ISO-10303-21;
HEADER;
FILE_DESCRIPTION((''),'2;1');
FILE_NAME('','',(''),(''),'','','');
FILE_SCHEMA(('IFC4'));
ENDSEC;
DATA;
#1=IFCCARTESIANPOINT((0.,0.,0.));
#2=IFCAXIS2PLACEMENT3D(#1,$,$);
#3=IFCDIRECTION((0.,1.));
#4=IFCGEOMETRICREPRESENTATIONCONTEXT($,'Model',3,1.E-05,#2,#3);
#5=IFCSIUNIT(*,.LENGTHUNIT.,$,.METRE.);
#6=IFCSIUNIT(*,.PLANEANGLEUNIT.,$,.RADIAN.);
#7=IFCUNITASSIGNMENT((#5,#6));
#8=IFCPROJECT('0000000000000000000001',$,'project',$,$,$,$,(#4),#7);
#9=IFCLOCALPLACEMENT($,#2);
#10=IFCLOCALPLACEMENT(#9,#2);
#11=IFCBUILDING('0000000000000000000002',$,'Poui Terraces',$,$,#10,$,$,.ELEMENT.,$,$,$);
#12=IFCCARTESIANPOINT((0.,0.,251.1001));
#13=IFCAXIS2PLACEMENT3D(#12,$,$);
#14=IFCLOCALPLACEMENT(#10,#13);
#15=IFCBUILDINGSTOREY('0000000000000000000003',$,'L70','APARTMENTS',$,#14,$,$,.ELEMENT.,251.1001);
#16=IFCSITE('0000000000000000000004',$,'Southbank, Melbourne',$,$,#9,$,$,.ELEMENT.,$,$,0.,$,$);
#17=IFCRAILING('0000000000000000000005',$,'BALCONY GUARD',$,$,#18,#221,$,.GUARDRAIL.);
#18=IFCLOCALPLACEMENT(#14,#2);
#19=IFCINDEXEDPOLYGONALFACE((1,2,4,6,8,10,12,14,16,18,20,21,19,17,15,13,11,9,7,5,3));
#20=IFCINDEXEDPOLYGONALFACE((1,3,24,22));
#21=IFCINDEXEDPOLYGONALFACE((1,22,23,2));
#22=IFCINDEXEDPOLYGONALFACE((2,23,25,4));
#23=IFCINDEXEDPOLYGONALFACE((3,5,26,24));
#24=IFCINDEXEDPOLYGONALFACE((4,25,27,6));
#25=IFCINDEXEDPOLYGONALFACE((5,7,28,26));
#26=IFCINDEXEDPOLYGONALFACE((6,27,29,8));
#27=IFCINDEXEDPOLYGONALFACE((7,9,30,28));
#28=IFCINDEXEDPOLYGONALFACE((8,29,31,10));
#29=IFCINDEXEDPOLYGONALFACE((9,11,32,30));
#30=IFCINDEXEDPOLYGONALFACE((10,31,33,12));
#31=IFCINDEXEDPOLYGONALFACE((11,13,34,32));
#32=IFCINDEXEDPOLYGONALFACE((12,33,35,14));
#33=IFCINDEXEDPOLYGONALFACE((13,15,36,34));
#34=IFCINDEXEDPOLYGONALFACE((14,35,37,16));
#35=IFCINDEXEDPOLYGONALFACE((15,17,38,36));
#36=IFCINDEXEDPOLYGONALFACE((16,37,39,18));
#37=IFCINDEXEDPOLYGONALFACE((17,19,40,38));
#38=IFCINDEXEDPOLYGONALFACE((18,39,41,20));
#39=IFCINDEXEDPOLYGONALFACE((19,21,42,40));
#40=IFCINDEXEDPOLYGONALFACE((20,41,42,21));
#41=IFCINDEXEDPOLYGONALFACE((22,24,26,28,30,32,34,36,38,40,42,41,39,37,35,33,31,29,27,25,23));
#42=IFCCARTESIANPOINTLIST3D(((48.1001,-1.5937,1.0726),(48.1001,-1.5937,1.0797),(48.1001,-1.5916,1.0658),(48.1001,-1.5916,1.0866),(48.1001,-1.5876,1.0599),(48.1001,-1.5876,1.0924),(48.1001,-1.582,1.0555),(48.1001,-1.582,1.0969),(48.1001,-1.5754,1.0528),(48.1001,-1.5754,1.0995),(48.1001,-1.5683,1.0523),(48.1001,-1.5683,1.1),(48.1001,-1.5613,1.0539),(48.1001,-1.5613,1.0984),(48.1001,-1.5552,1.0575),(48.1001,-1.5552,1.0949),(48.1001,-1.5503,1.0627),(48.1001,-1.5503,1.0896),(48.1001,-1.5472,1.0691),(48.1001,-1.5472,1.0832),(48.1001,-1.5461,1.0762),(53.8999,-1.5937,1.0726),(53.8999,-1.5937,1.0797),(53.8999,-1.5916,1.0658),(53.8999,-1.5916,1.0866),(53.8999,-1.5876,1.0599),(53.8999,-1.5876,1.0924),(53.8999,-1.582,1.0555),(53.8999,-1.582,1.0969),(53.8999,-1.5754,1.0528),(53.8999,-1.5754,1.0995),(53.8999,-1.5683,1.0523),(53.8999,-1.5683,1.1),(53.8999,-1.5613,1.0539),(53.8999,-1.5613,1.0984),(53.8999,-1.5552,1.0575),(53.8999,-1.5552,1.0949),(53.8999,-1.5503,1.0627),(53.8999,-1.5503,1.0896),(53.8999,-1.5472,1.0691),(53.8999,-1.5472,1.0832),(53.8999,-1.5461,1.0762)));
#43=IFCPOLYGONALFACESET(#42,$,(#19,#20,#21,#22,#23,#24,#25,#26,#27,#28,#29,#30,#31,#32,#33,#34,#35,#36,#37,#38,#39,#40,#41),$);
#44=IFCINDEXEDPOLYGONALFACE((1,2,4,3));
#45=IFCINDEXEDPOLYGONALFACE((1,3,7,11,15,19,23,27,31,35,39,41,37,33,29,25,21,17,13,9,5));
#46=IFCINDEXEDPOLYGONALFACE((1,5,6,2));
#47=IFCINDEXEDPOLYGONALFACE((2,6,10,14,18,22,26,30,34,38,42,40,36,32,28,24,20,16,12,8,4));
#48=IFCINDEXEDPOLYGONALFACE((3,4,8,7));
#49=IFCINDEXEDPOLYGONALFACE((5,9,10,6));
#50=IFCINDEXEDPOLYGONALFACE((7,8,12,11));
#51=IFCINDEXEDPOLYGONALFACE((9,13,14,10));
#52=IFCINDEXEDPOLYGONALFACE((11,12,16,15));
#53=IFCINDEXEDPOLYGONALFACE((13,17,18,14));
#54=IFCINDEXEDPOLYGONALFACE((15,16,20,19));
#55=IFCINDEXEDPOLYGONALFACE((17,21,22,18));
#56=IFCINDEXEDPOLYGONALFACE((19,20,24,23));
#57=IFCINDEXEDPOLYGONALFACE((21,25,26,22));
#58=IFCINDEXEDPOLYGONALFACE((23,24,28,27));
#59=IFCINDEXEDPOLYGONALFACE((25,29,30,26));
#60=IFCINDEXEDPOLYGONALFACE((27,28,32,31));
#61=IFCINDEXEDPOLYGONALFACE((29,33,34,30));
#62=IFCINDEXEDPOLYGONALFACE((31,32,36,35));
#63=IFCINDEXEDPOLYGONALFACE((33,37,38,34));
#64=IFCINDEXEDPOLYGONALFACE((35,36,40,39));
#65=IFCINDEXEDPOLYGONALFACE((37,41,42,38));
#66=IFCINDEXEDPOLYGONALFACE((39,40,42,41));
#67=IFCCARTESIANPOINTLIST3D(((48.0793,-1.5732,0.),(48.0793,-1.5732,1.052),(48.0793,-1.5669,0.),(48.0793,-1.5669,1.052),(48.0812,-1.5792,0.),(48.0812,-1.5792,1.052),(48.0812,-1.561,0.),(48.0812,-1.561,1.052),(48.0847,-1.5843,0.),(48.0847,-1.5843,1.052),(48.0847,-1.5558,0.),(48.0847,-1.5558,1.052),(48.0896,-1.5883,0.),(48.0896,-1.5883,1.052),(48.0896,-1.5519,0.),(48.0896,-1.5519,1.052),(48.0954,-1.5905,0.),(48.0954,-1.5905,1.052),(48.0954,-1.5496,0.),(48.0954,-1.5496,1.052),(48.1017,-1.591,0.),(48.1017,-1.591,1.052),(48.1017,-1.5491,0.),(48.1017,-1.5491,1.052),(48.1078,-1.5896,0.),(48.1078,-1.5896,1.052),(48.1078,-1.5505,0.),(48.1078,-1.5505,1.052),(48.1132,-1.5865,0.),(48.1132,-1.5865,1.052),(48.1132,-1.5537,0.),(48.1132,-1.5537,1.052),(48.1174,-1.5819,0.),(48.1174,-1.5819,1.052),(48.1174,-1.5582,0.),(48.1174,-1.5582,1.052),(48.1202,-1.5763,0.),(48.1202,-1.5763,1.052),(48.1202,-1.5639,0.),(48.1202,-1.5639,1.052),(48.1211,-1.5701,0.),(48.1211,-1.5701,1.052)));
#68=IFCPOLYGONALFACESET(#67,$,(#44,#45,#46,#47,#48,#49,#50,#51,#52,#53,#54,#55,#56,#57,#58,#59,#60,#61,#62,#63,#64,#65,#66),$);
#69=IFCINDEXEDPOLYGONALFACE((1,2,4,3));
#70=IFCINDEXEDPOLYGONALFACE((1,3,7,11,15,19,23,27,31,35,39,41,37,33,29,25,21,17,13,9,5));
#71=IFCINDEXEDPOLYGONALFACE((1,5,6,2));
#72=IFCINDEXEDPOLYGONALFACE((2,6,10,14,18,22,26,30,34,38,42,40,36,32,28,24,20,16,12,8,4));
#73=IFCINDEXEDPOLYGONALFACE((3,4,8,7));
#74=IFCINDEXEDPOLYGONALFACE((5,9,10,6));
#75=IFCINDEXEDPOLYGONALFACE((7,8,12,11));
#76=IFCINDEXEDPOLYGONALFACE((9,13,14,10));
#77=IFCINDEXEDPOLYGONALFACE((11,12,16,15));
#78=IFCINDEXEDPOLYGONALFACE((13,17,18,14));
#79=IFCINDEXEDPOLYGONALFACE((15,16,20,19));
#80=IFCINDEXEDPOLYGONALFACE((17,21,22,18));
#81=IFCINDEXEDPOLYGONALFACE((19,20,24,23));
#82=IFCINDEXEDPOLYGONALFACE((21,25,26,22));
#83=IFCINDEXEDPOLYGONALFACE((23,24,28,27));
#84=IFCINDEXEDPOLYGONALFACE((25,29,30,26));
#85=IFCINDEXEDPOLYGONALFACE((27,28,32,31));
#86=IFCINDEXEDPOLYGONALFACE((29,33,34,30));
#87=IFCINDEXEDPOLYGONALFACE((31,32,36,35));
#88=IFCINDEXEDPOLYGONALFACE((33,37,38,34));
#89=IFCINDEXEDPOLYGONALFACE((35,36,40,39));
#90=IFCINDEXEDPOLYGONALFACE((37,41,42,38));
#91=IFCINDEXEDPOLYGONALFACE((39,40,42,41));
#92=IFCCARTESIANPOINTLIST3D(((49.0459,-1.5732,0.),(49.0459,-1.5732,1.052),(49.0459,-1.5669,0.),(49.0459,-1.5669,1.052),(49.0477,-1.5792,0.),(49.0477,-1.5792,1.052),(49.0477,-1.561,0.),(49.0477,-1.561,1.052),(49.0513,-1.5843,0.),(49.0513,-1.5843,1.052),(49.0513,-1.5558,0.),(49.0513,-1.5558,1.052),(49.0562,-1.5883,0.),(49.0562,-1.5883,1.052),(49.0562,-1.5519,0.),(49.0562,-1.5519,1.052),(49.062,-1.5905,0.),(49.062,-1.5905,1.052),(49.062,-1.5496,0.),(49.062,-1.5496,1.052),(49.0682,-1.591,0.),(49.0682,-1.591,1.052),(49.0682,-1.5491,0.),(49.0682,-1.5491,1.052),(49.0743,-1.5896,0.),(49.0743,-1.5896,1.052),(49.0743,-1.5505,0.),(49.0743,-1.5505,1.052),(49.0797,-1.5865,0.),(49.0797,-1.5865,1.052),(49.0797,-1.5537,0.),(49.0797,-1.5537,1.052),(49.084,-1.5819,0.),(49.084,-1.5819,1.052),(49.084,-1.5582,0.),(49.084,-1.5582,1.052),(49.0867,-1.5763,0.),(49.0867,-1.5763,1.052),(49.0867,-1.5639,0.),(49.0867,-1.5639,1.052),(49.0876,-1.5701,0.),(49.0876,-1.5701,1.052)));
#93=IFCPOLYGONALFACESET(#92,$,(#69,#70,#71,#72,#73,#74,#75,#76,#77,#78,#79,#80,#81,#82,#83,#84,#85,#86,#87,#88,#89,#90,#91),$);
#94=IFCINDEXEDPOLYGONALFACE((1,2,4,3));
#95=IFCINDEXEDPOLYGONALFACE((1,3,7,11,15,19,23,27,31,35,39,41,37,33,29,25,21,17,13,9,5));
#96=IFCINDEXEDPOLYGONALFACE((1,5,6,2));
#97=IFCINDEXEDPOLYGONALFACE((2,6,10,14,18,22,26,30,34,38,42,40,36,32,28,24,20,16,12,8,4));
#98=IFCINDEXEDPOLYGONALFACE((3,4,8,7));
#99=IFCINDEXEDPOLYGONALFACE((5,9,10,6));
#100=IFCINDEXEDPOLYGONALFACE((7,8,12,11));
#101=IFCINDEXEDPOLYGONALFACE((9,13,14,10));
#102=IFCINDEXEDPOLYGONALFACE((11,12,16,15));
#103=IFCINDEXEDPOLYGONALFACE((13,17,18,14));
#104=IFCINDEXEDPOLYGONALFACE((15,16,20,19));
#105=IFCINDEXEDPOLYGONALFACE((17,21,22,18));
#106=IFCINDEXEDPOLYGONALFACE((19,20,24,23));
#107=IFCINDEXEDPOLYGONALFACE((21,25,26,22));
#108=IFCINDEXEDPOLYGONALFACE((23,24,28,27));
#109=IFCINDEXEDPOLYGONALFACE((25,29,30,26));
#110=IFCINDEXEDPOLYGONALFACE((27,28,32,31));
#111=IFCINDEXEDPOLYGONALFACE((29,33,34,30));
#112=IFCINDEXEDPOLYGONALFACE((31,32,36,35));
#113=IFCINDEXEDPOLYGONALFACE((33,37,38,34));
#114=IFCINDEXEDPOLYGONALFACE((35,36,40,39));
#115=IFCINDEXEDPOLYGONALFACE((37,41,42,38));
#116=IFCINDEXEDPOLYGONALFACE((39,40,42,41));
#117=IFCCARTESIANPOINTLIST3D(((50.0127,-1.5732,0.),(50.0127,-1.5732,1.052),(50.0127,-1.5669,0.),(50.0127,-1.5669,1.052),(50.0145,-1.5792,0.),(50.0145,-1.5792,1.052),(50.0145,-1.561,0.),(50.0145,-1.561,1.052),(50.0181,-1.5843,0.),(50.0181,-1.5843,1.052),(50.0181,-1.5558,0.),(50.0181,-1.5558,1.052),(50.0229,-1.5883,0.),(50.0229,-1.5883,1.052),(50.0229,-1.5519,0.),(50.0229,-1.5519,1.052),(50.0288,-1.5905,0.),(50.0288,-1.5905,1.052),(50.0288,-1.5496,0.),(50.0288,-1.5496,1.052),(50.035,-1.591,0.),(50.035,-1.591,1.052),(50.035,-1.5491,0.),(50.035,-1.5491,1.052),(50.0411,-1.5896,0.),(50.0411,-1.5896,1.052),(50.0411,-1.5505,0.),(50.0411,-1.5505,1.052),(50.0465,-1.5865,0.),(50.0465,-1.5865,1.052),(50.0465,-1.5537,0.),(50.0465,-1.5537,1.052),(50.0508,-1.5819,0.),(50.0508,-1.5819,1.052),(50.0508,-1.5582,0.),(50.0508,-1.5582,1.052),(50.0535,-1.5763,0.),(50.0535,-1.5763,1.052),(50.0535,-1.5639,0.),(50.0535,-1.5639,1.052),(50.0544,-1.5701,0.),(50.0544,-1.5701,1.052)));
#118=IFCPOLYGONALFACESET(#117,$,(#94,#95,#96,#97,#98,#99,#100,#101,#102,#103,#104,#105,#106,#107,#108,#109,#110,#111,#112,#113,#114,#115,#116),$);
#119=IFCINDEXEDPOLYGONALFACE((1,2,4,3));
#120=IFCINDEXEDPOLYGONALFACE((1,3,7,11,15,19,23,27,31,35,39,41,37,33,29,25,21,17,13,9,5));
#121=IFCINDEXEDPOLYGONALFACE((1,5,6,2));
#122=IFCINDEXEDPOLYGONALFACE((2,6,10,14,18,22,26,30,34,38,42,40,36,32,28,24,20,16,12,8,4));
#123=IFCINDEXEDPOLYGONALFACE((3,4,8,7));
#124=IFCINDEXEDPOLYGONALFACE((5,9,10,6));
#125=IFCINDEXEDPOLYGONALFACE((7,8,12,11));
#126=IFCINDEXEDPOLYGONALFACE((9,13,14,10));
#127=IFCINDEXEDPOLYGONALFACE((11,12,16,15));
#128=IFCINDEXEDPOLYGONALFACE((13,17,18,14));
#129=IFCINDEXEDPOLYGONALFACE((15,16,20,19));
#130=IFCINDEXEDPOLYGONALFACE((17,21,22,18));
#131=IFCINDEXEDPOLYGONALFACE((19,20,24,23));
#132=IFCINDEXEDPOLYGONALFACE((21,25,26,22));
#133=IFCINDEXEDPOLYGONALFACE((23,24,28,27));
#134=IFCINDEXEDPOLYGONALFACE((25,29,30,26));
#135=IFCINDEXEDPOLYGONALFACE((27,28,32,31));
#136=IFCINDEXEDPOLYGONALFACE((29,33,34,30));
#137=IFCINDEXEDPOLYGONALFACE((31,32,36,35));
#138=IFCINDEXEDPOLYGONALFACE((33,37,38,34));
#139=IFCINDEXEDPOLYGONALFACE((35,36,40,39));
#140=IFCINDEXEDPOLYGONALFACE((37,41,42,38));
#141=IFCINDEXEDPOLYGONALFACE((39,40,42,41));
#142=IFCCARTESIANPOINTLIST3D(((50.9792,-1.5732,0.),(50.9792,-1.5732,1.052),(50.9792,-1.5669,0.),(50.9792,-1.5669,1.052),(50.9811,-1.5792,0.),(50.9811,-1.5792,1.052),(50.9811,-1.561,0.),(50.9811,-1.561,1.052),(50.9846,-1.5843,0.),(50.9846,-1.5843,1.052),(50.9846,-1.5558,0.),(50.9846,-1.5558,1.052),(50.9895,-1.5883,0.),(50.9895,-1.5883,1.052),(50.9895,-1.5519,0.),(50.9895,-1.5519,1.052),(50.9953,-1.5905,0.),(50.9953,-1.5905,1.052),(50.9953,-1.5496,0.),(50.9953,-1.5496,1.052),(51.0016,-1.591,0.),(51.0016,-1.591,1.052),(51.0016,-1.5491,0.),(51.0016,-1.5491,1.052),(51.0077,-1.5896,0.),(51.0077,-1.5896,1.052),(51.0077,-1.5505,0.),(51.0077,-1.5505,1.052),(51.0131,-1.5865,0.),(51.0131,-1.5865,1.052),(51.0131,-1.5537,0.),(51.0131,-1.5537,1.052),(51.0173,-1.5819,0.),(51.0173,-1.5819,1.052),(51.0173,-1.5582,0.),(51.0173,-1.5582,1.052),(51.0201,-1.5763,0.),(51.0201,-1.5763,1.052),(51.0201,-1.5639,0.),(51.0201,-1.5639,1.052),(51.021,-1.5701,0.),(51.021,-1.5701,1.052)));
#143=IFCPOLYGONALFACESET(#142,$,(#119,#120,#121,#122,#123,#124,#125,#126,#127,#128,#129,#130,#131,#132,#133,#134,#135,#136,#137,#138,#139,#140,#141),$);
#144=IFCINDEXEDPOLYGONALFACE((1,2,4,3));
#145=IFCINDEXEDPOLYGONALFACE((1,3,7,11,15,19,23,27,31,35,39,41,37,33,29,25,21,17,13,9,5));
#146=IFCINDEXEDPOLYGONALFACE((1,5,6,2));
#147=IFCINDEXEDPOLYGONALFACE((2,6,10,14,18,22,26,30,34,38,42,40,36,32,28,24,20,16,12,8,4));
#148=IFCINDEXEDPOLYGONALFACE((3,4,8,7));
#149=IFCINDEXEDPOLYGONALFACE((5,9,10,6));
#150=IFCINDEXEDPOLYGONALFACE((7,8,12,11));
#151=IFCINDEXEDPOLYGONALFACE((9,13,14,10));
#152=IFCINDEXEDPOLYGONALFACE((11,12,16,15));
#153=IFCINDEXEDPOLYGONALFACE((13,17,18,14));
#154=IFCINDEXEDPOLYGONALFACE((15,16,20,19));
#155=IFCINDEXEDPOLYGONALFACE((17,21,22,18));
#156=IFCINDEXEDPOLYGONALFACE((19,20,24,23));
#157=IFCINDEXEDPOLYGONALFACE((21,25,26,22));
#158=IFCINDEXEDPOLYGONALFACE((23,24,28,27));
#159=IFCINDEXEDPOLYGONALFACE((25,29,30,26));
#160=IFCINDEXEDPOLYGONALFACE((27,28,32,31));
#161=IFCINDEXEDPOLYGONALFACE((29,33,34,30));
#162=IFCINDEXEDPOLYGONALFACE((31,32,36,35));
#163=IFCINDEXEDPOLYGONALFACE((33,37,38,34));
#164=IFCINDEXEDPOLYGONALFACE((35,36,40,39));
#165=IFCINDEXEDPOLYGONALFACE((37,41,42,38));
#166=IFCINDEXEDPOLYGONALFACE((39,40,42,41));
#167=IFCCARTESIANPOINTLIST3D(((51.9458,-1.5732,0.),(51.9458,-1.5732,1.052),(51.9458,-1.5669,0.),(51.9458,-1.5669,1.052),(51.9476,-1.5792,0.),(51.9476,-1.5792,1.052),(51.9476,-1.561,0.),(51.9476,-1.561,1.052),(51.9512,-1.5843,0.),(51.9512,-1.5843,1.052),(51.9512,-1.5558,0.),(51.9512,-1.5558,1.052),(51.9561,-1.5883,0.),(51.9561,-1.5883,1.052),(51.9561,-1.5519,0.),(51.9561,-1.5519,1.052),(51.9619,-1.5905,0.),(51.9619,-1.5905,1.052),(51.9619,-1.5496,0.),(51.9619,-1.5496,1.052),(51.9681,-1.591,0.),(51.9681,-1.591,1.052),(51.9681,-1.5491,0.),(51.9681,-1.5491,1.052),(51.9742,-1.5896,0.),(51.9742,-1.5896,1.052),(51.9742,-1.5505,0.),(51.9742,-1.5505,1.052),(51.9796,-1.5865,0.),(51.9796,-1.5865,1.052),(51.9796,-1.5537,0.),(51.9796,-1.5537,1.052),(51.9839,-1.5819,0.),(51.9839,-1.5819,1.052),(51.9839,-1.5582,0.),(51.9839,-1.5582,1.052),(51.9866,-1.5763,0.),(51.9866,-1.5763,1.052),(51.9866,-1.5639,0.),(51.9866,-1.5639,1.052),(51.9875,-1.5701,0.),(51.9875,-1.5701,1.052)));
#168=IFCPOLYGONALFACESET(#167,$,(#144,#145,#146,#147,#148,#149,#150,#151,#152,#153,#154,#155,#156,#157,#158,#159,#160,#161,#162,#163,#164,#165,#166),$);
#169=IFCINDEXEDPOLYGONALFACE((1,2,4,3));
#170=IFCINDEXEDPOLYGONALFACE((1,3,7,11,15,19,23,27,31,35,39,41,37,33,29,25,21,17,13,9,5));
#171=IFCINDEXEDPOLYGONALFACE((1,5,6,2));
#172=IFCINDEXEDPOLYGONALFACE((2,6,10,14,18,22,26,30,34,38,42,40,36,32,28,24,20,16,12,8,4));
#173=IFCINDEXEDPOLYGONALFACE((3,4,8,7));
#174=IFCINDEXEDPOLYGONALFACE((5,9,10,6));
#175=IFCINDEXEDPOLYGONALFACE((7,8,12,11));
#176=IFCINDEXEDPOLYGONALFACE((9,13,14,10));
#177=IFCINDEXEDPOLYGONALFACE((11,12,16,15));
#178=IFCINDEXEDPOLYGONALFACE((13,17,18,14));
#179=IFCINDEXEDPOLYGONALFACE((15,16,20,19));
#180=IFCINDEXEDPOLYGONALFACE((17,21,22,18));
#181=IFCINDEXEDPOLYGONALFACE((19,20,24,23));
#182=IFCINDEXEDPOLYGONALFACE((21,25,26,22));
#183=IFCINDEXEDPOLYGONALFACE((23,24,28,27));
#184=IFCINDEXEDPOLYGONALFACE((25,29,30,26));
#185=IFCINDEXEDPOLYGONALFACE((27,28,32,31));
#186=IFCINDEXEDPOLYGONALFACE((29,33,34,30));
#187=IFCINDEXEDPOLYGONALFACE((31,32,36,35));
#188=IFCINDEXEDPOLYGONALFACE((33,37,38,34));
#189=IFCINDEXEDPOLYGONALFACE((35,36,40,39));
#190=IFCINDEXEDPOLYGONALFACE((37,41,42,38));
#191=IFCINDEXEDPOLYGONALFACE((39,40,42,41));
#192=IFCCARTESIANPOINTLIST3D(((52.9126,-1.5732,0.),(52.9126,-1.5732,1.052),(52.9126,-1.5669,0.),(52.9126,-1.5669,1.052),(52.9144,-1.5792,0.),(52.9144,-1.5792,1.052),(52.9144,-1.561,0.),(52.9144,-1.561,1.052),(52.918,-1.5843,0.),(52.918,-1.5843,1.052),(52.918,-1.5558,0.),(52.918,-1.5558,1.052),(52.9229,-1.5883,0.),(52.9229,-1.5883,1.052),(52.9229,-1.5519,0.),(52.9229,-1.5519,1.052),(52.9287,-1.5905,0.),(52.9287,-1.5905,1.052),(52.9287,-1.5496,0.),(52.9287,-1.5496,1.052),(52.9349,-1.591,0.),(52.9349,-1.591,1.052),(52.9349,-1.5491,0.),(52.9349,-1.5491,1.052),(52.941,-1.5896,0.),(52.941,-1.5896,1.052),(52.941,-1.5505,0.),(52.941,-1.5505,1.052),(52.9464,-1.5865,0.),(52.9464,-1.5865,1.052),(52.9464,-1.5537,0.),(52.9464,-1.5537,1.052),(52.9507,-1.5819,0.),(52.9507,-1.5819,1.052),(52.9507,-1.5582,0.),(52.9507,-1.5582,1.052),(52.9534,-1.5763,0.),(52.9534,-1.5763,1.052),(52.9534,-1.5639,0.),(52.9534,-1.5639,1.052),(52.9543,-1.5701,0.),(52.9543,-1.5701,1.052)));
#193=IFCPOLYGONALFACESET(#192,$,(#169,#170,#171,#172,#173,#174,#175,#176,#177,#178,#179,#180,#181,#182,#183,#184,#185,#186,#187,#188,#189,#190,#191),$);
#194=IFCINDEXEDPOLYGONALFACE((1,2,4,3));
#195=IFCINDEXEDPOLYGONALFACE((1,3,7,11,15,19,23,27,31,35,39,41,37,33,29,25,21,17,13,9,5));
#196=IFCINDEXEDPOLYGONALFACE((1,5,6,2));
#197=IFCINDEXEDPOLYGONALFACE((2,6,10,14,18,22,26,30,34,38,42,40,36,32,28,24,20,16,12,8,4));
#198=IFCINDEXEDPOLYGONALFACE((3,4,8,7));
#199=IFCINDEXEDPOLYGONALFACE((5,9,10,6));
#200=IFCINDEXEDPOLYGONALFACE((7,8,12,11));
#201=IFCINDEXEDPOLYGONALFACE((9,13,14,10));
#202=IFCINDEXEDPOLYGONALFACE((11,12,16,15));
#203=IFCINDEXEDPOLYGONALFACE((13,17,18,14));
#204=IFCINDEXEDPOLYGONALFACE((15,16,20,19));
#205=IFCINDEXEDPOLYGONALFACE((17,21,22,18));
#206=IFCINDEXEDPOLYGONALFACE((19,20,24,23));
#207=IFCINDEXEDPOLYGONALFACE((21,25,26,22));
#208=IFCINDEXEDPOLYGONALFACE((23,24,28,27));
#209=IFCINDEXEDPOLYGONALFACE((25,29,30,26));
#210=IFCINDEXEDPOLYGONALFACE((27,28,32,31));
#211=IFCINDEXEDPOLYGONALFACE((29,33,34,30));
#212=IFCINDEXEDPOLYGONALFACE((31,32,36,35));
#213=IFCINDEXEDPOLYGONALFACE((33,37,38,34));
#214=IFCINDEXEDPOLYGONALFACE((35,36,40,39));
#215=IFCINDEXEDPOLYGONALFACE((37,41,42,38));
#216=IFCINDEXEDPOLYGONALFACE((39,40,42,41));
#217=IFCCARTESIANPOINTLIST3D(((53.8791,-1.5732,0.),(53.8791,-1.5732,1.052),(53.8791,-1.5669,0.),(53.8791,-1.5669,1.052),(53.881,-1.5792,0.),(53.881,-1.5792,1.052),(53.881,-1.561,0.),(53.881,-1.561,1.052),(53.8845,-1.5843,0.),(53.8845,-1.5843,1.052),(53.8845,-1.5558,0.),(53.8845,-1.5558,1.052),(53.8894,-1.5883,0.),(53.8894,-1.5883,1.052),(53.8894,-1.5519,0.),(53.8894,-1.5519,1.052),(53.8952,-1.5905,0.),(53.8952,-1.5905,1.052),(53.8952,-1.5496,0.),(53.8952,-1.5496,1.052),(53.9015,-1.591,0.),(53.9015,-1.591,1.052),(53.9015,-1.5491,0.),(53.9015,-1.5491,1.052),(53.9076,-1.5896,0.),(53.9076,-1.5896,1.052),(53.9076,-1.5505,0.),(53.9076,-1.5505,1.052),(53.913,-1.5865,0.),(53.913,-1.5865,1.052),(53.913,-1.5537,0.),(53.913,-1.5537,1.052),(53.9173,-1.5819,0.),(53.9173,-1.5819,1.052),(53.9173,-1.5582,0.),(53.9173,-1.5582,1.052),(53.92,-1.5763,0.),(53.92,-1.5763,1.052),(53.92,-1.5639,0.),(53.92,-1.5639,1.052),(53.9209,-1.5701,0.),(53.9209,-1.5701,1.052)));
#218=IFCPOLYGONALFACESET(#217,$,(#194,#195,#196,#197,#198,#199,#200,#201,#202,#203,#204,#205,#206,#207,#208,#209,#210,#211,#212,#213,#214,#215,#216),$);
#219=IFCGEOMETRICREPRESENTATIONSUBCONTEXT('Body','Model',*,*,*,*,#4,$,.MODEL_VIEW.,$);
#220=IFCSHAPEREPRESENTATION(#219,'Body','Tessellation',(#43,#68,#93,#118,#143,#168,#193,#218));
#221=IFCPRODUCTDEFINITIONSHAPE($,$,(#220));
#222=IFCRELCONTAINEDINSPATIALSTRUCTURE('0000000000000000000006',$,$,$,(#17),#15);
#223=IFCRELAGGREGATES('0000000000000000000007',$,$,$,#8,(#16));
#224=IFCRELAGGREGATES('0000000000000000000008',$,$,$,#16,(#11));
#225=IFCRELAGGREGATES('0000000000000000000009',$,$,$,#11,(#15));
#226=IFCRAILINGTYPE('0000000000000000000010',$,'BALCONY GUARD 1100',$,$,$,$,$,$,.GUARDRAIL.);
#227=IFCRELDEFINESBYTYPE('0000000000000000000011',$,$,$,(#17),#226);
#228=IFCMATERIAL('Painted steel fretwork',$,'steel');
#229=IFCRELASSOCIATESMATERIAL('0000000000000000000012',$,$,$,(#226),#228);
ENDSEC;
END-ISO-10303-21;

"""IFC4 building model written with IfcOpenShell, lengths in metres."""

from ifc_helpers import new_model, si_unit, direction, frame, origin, origin_2d, place, context, subcontext, project, spatial, circle, extrude, material, type_object, element, save


model = new_model("IFC4")

# Units and contexts
model_context = context("Model", 3, precision=1e-05, world=origin(), true_north=direction((0.0, 1.0)))
body_context = subcontext(model_context, "Body", "Model", "MODEL_VIEW")
ifc_project = project(units=[si_unit("LENGTHUNIT", "METRE"), si_unit("PLANEANGLEUNIT", "RADIAN")], contexts=[model_context])

# Site, building, storey
site_placement = place(None, origin())
site = spatial("IfcSite", under=ifc_project, at=site_placement, Name="Southbank, Melbourne", CompositionType="ELEMENT", RefElevation=0.0)
building_placement = place(site_placement, origin())
building = spatial("IfcBuilding", under=site, at=building_placement, Name="Poui Terraces", CompositionType="ELEMENT")
storey_placement = place(building_placement, frame((0.0, 0.0, 251.1001)))
storey = spatial("IfcBuildingStorey", under=building, at=storey_placement, Name="L70", Description="APARTMENTS", CompositionType="ELEMENT", Elevation=251.1001)

# Railing
ifc_material_1 = material(Name="Painted steel fretwork", Category="steel")
railing_type = type_object("IfcRailingType", Name="BALCONY GUARD 1100", PredefinedType="GUARDRAIL", material=ifc_material_1)
railing_placement = place(storey_placement, frame((48.1001, -1.5701, 0.0)))
element("IfcRailing", 1, at=railing_placement, inside=storey, type_object=railing_type, Name="BALCONY GUARD", PredefinedType="GUARDRAIL", context=body_context, shape_type="SweptSolid", body=[
    extrude(circle(Radius=0.0239, at=origin_2d()), frame((0.0, 0.0, 1.0762), z_axis=(1.0, 0.0, 0.0), x_axis=(0.0, 1.0, 0.0)), (0.0, 0.0, 1.0), 5.7998),
    extrude(circle(Radius=0.021, at=origin_2d()), origin(), (0.0, 0.0, 1.0), 1.052),
    extrude(circle(Radius=0.021, at=origin_2d()), frame((0.9666, 0.0, 0.0)), (0.0, 0.0, 1.0), 1.052),
    extrude(circle(Radius=0.021, at=origin_2d()), frame((1.9333, 0.0, 0.0)), (0.0, 0.0, 1.0), 1.052),
    extrude(circle(Radius=0.021, at=origin_2d()), frame((2.8999, 0.0, 0.0)), (0.0, 0.0, 1.0), 1.052),
    extrude(circle(Radius=0.021, at=origin_2d()), frame((3.8665, 0.0, 0.0)), (0.0, 0.0, 1.0), 1.052),
    extrude(circle(Radius=0.021, at=origin_2d()), frame((4.8333, 0.0, 0.0)), (0.0, 0.0, 1.0), 1.052),
    extrude(circle(Radius=0.021, at=origin_2d()), frame((5.7998, 0.0, 0.0)), (0.0, 0.0, 1.0), 1.052),
])

save(model, "model.ifc")
